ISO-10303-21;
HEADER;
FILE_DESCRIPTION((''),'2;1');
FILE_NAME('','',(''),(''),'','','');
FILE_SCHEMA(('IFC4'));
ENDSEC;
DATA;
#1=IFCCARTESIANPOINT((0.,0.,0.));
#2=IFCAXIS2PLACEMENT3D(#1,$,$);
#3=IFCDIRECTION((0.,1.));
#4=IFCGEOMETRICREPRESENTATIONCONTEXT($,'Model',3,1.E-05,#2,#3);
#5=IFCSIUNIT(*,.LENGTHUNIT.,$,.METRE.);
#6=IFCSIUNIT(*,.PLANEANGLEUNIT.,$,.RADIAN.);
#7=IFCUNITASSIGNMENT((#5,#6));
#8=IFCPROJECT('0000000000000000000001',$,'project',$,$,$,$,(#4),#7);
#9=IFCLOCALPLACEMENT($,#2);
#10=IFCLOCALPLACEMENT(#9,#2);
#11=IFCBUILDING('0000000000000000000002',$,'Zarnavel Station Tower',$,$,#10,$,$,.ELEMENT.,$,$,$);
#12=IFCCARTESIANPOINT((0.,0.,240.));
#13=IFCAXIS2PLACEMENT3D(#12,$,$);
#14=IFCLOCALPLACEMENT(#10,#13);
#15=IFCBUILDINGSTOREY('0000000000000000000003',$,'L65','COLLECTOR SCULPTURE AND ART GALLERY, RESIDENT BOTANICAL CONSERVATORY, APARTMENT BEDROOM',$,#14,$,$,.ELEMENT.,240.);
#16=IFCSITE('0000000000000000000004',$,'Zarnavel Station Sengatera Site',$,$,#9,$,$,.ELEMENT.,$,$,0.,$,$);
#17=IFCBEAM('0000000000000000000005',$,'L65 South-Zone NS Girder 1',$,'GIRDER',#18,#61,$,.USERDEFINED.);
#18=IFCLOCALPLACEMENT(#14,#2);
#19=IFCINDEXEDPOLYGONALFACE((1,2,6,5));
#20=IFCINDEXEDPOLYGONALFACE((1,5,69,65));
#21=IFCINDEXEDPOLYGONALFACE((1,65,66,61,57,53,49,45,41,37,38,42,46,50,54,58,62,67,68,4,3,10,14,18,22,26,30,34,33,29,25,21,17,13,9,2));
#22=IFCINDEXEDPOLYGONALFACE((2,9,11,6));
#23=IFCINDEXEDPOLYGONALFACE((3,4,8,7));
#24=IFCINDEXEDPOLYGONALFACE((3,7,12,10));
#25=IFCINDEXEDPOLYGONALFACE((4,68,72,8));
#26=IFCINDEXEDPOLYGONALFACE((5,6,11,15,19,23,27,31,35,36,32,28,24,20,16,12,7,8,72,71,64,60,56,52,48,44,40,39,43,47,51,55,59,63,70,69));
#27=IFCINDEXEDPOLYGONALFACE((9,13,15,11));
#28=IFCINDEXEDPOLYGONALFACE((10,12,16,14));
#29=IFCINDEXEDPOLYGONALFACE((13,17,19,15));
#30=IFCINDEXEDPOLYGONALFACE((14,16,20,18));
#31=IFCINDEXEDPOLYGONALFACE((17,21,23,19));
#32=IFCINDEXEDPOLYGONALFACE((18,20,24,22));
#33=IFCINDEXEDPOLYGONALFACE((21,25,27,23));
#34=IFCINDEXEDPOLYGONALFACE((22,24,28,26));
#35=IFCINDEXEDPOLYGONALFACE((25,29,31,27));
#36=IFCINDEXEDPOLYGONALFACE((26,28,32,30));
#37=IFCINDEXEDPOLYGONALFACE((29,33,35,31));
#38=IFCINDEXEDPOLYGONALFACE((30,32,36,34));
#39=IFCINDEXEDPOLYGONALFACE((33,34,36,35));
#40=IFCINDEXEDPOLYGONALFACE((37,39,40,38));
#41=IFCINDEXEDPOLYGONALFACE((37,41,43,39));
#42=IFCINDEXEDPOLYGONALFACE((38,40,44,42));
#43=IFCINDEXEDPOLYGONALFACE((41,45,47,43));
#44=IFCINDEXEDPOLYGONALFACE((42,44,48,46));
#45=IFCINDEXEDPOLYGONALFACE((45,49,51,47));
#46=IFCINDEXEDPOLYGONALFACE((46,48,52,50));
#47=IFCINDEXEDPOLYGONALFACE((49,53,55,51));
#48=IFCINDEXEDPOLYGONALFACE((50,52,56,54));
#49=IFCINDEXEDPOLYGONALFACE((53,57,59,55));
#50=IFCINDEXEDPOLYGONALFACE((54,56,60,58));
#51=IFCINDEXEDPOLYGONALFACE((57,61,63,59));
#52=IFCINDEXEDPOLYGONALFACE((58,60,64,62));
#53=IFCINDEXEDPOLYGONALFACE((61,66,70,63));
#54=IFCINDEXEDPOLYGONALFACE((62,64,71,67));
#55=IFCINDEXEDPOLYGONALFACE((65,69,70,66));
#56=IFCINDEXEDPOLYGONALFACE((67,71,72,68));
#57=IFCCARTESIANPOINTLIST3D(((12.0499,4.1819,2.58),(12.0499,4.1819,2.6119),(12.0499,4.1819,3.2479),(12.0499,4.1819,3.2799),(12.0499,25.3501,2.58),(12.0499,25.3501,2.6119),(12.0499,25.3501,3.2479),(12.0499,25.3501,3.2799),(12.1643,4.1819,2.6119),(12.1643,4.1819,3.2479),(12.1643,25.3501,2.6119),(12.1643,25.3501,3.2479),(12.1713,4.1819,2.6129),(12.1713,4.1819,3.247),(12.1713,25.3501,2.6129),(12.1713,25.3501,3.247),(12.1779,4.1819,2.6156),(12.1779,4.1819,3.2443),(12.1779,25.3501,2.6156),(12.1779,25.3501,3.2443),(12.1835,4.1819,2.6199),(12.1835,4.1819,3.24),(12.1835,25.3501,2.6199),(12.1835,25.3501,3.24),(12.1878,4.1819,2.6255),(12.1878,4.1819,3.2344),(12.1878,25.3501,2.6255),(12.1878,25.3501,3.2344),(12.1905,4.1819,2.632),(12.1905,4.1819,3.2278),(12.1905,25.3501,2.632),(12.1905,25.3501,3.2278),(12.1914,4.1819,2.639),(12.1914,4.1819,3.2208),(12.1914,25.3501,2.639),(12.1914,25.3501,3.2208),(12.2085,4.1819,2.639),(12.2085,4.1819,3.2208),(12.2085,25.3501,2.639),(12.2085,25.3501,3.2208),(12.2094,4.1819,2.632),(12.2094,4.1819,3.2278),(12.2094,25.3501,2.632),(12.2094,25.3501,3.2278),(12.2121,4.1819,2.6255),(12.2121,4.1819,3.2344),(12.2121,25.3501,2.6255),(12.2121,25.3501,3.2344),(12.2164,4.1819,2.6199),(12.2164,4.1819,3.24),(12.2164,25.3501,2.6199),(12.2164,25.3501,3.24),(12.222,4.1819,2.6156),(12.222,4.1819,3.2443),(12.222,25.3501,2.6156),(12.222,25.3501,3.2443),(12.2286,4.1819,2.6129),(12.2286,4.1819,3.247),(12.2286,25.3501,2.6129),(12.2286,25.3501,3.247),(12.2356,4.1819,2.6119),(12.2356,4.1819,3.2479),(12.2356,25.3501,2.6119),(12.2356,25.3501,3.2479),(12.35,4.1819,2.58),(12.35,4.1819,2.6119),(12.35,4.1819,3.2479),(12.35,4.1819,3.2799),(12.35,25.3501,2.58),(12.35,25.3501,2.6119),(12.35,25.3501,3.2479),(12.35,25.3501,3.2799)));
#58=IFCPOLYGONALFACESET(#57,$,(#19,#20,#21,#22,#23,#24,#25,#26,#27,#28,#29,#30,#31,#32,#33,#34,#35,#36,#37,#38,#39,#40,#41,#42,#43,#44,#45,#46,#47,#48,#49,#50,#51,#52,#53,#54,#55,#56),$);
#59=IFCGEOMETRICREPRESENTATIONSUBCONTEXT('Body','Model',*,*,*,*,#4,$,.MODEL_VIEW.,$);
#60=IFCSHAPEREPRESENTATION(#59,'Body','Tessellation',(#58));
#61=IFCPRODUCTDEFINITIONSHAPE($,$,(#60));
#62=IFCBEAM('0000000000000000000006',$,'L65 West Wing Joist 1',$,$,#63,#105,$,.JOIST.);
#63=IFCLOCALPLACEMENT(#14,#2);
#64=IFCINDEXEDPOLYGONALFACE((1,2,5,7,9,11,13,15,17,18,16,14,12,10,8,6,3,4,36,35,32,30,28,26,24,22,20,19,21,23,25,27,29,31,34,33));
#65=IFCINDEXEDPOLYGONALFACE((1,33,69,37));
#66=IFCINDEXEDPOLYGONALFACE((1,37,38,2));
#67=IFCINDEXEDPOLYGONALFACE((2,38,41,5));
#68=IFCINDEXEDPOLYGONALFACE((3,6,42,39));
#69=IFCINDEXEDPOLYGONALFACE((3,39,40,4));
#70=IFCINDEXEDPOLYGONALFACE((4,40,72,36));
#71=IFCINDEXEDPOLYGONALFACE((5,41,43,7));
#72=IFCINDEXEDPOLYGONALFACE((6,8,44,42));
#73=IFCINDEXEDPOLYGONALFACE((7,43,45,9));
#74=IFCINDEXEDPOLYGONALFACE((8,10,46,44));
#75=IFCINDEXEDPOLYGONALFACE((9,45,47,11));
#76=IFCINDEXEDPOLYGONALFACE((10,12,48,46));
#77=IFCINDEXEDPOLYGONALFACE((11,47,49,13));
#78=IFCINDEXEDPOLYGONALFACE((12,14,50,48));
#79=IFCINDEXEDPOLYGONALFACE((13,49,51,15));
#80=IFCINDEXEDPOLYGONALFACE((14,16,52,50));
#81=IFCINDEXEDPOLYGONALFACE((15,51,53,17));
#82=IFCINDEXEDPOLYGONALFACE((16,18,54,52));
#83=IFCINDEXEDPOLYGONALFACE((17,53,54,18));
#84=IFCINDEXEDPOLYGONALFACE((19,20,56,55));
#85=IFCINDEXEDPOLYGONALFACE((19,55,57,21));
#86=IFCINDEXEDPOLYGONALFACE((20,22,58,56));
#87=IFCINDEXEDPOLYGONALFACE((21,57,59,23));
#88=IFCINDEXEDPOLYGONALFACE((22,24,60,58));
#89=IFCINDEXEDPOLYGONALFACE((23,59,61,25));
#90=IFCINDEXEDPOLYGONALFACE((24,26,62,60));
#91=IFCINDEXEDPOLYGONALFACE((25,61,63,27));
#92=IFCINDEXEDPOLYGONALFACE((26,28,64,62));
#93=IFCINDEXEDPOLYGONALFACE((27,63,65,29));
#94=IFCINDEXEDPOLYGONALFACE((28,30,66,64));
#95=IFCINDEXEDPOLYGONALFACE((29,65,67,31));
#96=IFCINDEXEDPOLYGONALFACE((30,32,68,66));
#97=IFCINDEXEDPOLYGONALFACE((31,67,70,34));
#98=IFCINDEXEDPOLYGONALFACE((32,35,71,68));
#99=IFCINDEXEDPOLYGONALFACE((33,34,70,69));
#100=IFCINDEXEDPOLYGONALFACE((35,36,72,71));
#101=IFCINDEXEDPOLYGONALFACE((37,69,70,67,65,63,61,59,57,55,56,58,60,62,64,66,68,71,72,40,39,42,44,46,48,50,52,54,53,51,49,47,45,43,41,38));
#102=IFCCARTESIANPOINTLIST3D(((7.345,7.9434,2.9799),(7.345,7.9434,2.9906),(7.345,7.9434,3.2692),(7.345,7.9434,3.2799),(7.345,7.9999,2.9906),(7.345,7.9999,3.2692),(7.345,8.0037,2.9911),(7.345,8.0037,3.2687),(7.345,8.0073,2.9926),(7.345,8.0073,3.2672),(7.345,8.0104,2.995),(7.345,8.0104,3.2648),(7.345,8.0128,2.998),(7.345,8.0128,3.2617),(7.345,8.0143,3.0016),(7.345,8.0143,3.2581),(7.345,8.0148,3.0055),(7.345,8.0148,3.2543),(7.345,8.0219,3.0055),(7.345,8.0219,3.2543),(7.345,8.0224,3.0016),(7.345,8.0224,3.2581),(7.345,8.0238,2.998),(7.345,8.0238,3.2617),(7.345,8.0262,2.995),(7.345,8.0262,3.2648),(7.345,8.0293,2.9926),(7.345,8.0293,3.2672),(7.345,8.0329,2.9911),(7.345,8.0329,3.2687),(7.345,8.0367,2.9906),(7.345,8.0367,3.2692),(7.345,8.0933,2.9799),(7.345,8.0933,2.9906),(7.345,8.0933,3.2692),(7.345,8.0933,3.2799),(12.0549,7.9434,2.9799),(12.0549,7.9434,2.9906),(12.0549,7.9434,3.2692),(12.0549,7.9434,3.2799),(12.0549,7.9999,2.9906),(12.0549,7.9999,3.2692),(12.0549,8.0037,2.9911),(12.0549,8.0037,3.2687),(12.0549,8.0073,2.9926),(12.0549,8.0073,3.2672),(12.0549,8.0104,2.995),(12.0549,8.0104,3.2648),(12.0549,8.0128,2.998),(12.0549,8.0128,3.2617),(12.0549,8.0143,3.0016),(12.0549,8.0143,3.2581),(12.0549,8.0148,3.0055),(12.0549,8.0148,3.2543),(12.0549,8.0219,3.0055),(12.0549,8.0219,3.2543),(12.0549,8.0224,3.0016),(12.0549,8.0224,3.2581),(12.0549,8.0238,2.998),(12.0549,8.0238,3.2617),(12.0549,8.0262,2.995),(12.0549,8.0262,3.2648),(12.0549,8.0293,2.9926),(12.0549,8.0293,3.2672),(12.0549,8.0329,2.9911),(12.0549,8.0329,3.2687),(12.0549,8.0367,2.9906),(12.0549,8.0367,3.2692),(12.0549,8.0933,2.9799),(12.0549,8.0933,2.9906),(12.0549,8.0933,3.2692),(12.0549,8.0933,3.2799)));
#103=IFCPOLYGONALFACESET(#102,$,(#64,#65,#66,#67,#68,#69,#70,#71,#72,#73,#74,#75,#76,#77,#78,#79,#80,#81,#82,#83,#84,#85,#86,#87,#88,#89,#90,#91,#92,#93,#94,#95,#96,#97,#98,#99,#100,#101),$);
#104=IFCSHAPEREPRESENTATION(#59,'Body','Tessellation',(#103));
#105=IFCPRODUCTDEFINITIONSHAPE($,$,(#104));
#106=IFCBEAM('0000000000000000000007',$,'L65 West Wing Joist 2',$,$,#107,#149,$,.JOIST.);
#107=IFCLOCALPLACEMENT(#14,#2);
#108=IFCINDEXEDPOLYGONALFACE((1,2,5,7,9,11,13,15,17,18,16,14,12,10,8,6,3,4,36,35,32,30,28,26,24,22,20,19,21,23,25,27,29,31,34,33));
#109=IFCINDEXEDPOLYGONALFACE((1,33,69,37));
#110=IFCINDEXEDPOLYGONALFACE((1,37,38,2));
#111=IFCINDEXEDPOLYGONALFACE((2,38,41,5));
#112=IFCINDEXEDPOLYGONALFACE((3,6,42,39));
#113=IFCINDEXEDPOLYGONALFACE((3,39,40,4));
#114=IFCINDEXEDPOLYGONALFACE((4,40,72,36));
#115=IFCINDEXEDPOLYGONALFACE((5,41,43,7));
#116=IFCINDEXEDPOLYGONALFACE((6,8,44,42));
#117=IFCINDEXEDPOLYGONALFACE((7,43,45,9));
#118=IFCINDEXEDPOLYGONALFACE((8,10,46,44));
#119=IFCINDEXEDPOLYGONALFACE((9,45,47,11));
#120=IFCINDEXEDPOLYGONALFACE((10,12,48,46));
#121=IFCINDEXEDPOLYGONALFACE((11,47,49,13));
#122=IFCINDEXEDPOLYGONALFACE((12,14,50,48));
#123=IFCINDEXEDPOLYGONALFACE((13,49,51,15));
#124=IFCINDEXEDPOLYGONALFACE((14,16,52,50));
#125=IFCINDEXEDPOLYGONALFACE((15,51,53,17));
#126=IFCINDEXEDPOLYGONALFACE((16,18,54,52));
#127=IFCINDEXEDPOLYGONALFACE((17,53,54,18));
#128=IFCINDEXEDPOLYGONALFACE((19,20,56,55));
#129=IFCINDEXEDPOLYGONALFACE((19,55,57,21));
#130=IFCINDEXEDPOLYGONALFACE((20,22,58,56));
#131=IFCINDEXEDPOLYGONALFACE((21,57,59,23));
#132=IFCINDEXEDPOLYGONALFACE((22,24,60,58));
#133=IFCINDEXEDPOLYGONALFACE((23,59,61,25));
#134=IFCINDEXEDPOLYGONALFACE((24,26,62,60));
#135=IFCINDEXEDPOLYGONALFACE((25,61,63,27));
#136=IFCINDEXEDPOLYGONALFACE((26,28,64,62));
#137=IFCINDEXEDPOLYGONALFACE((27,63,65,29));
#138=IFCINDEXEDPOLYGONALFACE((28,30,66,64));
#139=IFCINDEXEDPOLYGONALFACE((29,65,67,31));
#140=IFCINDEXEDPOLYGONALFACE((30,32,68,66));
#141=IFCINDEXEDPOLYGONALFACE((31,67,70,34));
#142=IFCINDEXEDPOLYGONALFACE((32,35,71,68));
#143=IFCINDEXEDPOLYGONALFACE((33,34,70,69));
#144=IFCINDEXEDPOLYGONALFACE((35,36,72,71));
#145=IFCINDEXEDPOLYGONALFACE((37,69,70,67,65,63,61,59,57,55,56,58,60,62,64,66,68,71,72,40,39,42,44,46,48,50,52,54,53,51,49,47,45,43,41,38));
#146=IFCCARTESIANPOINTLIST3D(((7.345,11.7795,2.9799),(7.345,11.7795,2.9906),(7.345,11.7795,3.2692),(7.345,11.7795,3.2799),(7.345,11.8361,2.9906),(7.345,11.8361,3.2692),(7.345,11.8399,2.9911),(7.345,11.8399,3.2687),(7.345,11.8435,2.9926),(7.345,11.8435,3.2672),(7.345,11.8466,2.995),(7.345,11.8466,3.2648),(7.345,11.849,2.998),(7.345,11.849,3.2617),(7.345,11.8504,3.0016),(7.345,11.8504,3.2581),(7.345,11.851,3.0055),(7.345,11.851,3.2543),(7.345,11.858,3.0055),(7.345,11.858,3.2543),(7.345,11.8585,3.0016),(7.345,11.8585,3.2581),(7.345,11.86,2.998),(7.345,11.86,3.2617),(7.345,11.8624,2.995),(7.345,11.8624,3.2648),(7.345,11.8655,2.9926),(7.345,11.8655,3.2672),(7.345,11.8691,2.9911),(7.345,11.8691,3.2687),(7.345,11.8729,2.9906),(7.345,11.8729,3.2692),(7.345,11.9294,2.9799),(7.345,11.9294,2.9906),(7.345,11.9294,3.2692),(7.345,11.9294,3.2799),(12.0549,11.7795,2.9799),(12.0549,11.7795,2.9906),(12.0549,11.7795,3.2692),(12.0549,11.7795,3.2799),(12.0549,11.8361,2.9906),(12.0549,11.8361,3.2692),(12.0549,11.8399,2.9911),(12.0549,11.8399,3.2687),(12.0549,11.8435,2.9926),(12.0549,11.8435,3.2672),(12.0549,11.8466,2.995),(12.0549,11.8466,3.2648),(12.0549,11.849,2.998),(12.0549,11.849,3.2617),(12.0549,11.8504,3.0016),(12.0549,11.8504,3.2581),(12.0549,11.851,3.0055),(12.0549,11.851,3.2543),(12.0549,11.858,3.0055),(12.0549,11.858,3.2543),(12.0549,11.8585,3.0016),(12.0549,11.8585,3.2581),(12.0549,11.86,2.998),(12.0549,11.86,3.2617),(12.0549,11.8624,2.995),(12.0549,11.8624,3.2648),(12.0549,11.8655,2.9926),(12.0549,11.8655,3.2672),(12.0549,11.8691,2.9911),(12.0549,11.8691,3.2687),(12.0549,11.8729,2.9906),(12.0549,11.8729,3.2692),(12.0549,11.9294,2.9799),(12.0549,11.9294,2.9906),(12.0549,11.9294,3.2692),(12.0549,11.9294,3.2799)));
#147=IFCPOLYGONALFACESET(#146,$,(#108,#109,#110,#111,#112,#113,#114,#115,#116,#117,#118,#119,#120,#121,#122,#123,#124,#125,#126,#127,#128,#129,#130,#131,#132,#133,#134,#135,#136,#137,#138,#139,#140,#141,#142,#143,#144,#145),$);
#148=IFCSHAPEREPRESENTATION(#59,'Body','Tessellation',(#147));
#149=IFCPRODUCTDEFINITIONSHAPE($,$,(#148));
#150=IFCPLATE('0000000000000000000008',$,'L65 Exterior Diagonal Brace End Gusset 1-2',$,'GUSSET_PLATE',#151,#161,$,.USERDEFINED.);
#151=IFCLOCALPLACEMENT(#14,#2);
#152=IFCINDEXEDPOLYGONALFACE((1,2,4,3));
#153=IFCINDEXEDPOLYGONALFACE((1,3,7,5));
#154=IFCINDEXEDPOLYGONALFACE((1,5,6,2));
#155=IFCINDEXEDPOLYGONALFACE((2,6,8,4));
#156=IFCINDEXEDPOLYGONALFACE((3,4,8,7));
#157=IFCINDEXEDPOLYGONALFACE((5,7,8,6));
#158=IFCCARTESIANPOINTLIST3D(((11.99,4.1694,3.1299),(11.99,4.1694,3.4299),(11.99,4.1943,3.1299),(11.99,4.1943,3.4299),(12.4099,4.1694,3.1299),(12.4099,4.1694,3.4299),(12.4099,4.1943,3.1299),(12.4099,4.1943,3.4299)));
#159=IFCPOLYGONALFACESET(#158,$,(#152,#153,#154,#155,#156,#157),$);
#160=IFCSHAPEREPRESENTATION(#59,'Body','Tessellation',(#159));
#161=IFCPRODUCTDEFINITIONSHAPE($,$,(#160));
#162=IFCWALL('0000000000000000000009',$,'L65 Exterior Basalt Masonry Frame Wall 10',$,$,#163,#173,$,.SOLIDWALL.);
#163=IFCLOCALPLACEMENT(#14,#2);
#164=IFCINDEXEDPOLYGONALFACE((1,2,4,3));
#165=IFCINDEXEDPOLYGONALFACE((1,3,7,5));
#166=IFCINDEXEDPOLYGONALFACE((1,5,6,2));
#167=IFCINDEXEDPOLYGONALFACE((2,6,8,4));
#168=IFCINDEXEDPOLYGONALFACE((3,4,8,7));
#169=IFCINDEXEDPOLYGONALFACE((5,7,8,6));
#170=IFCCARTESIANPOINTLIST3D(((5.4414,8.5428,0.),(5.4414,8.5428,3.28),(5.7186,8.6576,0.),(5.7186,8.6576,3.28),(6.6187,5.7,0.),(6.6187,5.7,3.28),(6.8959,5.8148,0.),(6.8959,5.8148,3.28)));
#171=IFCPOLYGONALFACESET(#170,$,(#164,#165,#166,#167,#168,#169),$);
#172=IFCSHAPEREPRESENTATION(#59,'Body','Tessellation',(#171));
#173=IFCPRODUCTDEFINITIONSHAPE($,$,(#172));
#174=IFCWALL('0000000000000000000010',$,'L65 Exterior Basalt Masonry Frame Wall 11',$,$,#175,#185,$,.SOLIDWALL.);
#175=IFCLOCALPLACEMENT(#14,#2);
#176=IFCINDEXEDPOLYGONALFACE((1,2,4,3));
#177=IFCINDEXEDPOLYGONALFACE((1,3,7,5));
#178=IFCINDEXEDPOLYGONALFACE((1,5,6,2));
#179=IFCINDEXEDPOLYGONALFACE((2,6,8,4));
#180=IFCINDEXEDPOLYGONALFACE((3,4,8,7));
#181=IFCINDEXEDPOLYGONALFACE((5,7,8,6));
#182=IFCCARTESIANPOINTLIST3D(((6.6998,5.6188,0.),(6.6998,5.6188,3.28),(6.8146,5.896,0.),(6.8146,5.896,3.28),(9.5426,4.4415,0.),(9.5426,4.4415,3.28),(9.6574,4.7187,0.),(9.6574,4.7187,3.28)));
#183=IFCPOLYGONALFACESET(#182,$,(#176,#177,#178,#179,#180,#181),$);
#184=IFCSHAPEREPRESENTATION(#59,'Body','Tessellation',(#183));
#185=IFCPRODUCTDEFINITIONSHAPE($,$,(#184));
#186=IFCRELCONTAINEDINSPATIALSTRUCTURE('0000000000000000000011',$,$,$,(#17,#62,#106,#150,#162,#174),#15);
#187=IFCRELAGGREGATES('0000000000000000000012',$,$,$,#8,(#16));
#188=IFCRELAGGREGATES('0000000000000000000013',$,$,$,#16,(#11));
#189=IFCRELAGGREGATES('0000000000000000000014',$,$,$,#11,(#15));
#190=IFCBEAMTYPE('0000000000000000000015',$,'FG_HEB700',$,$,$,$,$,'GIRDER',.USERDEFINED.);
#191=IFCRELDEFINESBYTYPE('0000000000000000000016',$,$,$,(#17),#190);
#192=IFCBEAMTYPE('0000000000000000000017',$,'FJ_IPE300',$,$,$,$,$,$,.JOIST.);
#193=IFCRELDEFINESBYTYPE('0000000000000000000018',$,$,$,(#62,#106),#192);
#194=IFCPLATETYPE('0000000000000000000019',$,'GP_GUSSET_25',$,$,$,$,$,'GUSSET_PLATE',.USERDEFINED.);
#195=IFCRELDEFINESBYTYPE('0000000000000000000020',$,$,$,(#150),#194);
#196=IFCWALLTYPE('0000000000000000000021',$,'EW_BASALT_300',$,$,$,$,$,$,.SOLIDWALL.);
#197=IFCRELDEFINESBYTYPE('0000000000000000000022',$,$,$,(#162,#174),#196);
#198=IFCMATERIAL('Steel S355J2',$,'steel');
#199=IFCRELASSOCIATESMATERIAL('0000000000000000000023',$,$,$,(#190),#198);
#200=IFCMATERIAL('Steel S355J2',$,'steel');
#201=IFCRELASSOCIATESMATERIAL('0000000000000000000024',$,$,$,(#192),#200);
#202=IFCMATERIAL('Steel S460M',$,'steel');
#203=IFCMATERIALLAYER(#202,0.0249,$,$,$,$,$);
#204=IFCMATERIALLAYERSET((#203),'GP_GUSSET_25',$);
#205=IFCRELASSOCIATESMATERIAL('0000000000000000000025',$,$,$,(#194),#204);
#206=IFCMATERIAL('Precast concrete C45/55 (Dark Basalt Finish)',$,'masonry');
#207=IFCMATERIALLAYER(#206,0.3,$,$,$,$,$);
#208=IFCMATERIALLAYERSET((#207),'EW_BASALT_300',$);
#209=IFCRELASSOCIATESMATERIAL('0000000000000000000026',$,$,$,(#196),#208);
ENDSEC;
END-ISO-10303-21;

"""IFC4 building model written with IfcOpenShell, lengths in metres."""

from ifc_helpers import new_model, si_unit, direction, frame, frame_2d, origin, origin_2d, place, context, subcontext, project, spatial, rectangle, i_section, extrude, material, layer, layer_set, material_profile, profile_set, type_object, element, save


model = new_model("IFC4")

# Units and contexts
model_context = context("Model", 3, precision=1e-05, world=origin(), true_north=direction((0.0, 1.0)))
body_context = subcontext(model_context, "Body", "Model", "MODEL_VIEW")
ifc_project = project(units=[si_unit("LENGTHUNIT", "METRE"), si_unit("PLANEANGLEUNIT", "RADIAN")], contexts=[model_context])

# Site, building, storey
site_placement = place(None, origin())
site = spatial("IfcSite", under=ifc_project, at=site_placement, Name="Zarnavel Station Sengatera Site", CompositionType="ELEMENT", RefElevation=0.0)
building_placement = place(site_placement, origin())
building = spatial("IfcBuilding", under=site, at=building_placement, Name="Zarnavel Station Tower", CompositionType="ELEMENT")
storey_placement = place(building_placement, frame((0.0, 0.0, 240.0)))
storey = spatial("IfcBuildingStorey", under=building, at=storey_placement, Name="L65", Description="COLLECTOR SCULPTURE AND ART GALLERY, RESIDENT BOTANICAL CONSERVATORY, APARTMENT BEDROOM", CompositionType="ELEMENT", Elevation=240.0)

# Beams
ifc_material_1 = material(Name="Steel S355J2", Category="steel")
ifc_material_profile_1 = material_profile(ifc_material_1, i_section(OverallWidth=0.3, OverallDepth=0.7, WebThickness=0.0171, FlangeThickness=0.032, FilletRadius=0.0271, at=origin_2d()), Name="HEB700")
ifc_profile_set_1 = profile_set([ifc_material_profile_1], Name="Steel S355J2")
beam_type_1 = type_object("IfcBeamType", Name="FG_HEB700", ElementType="GIRDER", PredefinedType="USERDEFINED", material=ifc_profile_set_1)
beam_1_placement = place(storey_placement, frame((12.2, 4.1819, 2.9299), z_axis=(0.0, 1.0, 0.0), x_axis=(-1.0, 0.0, 0.0)))
element("IfcBeam", 1, at=beam_1_placement, inside=storey, type_object=beam_type_1, Name="L65 South-Zone NS Girder 1", ObjectType="GIRDER", PredefinedType="USERDEFINED", context=body_context, shape_type="SweptSolid", body=[
    extrude(i_section(OverallWidth=0.3, OverallDepth=0.7, WebThickness=0.0171, FlangeThickness=0.032, FilletRadius=0.0271, at=origin_2d()), origin(), (0.0, 0.0, 1.0), 21.1682),
])
ifc_material_2 = material(Name="Steel S355J2", Category="steel")
ifc_material_profile_2 = material_profile(ifc_material_2, i_section(OverallWidth=0.1499, OverallDepth=0.3, WebThickness=0.0071, FlangeThickness=0.0107, FilletRadius=0.0149, at=origin_2d()), Name="IPE300")
ifc_profile_set_2 = profile_set([ifc_material_profile_2], Name="Steel S355J2")
beam_type_2 = type_object("IfcBeamType", Name="FJ_IPE300", PredefinedType="JOIST", material=ifc_profile_set_2)
for number, where, z_axis, x_axis, name in (
    (2, (7.345, 8.0183, 3.1299), (1.0, 0.0, 0.0), (0.0, 1.0, 0.0), "L65 West Wing Joist 1"),
    (3, (7.345, 11.8545, 3.1299), (1.0, 0.0, 0.0), (0.0, 1.0, 0.0), "L65 West Wing Joist 2"),
):
    element("IfcBeam", number, at=place(storey_placement, frame(where, z_axis=z_axis, x_axis=x_axis)), inside=storey, type_object=beam_type_2, Name=name, PredefinedType="JOIST", context=body_context, shape_type="SweptSolid", body=[
        extrude(i_section(OverallWidth=0.1499, OverallDepth=0.3, WebThickness=0.0071, FlangeThickness=0.0107, FilletRadius=0.0149, at=origin_2d()), origin(), (0.0, 0.0, 1.0), 4.71),
    ])

# Plate
ifc_material_3 = material(Name="Steel S460M", Category="steel")
ifc_layer_1 = layer(ifc_material_3, 0.0249)
ifc_layer_set_1 = layer_set([ifc_layer_1], Name="GP_GUSSET_25")
plate_type = type_object("IfcPlateType", Name="GP_GUSSET_25", ElementType="GUSSET_PLATE", PredefinedType="USERDEFINED", material=ifc_layer_set_1)
plate_placement = place(storey_placement, frame((12.2, 4.1819, 3.1299), z_axis=(0.0, 0.0, 1.0), x_axis=(1.0, 0.0, 0.0)))
element("IfcPlate", 4, at=plate_placement, inside=storey, type_object=plate_type, Name="L65 Exterior Diagonal Brace End Gusset 1-2", ObjectType="GUSSET_PLATE", PredefinedType="USERDEFINED", context=body_context, shape_type="SweptSolid", body=[
    extrude(rectangle(XDim=0.4199, YDim=0.0249, at=origin_2d()), origin(), (0.0, 0.0, 1.0), 0.3),
])

# Walls
ifc_material_4 = material(Name="Precast concrete C45/55 (Dark Basalt Finish)", Category="masonry")
ifc_layer_2 = layer(ifc_material_4, 0.3)
ifc_layer_set_2 = layer_set([ifc_layer_2], Name="EW_BASALT_300")
wall_type_1 = type_object("IfcWallType", Name="EW_BASALT_300", PredefinedType="SOLIDWALL", material=ifc_layer_set_2)
for number, where, z_axis, x_axis, name in (
    (5, (6.7573, 5.7573, 0.0), (0.0, 0.0, 1.0), (-0.382609, 0.92391, 0.0), "L65 Exterior Basalt Masonry Frame Wall 10"),
    (6, (9.6001, 4.5801, 0.0), (0.0, 0.0, 1.0), (-0.92391, 0.382609, 0.0), "L65 Exterior Basalt Masonry Frame Wall 11"),
):
    element("IfcWall", number, at=place(storey_placement, frame(where, z_axis=z_axis, x_axis=x_axis)), inside=storey, type_object=wall_type_1, Name=name, PredefinedType="SOLIDWALL", context=body_context, shape_type="SweptSolid", body=[
        extrude(rectangle(XDim=3.0769, YDim=0.3, at=frame_2d((1.5386, 0.0))), origin(), (0.0, 0.0, 1.0), 3.28),
    ])

save(model, "model.ifc")
